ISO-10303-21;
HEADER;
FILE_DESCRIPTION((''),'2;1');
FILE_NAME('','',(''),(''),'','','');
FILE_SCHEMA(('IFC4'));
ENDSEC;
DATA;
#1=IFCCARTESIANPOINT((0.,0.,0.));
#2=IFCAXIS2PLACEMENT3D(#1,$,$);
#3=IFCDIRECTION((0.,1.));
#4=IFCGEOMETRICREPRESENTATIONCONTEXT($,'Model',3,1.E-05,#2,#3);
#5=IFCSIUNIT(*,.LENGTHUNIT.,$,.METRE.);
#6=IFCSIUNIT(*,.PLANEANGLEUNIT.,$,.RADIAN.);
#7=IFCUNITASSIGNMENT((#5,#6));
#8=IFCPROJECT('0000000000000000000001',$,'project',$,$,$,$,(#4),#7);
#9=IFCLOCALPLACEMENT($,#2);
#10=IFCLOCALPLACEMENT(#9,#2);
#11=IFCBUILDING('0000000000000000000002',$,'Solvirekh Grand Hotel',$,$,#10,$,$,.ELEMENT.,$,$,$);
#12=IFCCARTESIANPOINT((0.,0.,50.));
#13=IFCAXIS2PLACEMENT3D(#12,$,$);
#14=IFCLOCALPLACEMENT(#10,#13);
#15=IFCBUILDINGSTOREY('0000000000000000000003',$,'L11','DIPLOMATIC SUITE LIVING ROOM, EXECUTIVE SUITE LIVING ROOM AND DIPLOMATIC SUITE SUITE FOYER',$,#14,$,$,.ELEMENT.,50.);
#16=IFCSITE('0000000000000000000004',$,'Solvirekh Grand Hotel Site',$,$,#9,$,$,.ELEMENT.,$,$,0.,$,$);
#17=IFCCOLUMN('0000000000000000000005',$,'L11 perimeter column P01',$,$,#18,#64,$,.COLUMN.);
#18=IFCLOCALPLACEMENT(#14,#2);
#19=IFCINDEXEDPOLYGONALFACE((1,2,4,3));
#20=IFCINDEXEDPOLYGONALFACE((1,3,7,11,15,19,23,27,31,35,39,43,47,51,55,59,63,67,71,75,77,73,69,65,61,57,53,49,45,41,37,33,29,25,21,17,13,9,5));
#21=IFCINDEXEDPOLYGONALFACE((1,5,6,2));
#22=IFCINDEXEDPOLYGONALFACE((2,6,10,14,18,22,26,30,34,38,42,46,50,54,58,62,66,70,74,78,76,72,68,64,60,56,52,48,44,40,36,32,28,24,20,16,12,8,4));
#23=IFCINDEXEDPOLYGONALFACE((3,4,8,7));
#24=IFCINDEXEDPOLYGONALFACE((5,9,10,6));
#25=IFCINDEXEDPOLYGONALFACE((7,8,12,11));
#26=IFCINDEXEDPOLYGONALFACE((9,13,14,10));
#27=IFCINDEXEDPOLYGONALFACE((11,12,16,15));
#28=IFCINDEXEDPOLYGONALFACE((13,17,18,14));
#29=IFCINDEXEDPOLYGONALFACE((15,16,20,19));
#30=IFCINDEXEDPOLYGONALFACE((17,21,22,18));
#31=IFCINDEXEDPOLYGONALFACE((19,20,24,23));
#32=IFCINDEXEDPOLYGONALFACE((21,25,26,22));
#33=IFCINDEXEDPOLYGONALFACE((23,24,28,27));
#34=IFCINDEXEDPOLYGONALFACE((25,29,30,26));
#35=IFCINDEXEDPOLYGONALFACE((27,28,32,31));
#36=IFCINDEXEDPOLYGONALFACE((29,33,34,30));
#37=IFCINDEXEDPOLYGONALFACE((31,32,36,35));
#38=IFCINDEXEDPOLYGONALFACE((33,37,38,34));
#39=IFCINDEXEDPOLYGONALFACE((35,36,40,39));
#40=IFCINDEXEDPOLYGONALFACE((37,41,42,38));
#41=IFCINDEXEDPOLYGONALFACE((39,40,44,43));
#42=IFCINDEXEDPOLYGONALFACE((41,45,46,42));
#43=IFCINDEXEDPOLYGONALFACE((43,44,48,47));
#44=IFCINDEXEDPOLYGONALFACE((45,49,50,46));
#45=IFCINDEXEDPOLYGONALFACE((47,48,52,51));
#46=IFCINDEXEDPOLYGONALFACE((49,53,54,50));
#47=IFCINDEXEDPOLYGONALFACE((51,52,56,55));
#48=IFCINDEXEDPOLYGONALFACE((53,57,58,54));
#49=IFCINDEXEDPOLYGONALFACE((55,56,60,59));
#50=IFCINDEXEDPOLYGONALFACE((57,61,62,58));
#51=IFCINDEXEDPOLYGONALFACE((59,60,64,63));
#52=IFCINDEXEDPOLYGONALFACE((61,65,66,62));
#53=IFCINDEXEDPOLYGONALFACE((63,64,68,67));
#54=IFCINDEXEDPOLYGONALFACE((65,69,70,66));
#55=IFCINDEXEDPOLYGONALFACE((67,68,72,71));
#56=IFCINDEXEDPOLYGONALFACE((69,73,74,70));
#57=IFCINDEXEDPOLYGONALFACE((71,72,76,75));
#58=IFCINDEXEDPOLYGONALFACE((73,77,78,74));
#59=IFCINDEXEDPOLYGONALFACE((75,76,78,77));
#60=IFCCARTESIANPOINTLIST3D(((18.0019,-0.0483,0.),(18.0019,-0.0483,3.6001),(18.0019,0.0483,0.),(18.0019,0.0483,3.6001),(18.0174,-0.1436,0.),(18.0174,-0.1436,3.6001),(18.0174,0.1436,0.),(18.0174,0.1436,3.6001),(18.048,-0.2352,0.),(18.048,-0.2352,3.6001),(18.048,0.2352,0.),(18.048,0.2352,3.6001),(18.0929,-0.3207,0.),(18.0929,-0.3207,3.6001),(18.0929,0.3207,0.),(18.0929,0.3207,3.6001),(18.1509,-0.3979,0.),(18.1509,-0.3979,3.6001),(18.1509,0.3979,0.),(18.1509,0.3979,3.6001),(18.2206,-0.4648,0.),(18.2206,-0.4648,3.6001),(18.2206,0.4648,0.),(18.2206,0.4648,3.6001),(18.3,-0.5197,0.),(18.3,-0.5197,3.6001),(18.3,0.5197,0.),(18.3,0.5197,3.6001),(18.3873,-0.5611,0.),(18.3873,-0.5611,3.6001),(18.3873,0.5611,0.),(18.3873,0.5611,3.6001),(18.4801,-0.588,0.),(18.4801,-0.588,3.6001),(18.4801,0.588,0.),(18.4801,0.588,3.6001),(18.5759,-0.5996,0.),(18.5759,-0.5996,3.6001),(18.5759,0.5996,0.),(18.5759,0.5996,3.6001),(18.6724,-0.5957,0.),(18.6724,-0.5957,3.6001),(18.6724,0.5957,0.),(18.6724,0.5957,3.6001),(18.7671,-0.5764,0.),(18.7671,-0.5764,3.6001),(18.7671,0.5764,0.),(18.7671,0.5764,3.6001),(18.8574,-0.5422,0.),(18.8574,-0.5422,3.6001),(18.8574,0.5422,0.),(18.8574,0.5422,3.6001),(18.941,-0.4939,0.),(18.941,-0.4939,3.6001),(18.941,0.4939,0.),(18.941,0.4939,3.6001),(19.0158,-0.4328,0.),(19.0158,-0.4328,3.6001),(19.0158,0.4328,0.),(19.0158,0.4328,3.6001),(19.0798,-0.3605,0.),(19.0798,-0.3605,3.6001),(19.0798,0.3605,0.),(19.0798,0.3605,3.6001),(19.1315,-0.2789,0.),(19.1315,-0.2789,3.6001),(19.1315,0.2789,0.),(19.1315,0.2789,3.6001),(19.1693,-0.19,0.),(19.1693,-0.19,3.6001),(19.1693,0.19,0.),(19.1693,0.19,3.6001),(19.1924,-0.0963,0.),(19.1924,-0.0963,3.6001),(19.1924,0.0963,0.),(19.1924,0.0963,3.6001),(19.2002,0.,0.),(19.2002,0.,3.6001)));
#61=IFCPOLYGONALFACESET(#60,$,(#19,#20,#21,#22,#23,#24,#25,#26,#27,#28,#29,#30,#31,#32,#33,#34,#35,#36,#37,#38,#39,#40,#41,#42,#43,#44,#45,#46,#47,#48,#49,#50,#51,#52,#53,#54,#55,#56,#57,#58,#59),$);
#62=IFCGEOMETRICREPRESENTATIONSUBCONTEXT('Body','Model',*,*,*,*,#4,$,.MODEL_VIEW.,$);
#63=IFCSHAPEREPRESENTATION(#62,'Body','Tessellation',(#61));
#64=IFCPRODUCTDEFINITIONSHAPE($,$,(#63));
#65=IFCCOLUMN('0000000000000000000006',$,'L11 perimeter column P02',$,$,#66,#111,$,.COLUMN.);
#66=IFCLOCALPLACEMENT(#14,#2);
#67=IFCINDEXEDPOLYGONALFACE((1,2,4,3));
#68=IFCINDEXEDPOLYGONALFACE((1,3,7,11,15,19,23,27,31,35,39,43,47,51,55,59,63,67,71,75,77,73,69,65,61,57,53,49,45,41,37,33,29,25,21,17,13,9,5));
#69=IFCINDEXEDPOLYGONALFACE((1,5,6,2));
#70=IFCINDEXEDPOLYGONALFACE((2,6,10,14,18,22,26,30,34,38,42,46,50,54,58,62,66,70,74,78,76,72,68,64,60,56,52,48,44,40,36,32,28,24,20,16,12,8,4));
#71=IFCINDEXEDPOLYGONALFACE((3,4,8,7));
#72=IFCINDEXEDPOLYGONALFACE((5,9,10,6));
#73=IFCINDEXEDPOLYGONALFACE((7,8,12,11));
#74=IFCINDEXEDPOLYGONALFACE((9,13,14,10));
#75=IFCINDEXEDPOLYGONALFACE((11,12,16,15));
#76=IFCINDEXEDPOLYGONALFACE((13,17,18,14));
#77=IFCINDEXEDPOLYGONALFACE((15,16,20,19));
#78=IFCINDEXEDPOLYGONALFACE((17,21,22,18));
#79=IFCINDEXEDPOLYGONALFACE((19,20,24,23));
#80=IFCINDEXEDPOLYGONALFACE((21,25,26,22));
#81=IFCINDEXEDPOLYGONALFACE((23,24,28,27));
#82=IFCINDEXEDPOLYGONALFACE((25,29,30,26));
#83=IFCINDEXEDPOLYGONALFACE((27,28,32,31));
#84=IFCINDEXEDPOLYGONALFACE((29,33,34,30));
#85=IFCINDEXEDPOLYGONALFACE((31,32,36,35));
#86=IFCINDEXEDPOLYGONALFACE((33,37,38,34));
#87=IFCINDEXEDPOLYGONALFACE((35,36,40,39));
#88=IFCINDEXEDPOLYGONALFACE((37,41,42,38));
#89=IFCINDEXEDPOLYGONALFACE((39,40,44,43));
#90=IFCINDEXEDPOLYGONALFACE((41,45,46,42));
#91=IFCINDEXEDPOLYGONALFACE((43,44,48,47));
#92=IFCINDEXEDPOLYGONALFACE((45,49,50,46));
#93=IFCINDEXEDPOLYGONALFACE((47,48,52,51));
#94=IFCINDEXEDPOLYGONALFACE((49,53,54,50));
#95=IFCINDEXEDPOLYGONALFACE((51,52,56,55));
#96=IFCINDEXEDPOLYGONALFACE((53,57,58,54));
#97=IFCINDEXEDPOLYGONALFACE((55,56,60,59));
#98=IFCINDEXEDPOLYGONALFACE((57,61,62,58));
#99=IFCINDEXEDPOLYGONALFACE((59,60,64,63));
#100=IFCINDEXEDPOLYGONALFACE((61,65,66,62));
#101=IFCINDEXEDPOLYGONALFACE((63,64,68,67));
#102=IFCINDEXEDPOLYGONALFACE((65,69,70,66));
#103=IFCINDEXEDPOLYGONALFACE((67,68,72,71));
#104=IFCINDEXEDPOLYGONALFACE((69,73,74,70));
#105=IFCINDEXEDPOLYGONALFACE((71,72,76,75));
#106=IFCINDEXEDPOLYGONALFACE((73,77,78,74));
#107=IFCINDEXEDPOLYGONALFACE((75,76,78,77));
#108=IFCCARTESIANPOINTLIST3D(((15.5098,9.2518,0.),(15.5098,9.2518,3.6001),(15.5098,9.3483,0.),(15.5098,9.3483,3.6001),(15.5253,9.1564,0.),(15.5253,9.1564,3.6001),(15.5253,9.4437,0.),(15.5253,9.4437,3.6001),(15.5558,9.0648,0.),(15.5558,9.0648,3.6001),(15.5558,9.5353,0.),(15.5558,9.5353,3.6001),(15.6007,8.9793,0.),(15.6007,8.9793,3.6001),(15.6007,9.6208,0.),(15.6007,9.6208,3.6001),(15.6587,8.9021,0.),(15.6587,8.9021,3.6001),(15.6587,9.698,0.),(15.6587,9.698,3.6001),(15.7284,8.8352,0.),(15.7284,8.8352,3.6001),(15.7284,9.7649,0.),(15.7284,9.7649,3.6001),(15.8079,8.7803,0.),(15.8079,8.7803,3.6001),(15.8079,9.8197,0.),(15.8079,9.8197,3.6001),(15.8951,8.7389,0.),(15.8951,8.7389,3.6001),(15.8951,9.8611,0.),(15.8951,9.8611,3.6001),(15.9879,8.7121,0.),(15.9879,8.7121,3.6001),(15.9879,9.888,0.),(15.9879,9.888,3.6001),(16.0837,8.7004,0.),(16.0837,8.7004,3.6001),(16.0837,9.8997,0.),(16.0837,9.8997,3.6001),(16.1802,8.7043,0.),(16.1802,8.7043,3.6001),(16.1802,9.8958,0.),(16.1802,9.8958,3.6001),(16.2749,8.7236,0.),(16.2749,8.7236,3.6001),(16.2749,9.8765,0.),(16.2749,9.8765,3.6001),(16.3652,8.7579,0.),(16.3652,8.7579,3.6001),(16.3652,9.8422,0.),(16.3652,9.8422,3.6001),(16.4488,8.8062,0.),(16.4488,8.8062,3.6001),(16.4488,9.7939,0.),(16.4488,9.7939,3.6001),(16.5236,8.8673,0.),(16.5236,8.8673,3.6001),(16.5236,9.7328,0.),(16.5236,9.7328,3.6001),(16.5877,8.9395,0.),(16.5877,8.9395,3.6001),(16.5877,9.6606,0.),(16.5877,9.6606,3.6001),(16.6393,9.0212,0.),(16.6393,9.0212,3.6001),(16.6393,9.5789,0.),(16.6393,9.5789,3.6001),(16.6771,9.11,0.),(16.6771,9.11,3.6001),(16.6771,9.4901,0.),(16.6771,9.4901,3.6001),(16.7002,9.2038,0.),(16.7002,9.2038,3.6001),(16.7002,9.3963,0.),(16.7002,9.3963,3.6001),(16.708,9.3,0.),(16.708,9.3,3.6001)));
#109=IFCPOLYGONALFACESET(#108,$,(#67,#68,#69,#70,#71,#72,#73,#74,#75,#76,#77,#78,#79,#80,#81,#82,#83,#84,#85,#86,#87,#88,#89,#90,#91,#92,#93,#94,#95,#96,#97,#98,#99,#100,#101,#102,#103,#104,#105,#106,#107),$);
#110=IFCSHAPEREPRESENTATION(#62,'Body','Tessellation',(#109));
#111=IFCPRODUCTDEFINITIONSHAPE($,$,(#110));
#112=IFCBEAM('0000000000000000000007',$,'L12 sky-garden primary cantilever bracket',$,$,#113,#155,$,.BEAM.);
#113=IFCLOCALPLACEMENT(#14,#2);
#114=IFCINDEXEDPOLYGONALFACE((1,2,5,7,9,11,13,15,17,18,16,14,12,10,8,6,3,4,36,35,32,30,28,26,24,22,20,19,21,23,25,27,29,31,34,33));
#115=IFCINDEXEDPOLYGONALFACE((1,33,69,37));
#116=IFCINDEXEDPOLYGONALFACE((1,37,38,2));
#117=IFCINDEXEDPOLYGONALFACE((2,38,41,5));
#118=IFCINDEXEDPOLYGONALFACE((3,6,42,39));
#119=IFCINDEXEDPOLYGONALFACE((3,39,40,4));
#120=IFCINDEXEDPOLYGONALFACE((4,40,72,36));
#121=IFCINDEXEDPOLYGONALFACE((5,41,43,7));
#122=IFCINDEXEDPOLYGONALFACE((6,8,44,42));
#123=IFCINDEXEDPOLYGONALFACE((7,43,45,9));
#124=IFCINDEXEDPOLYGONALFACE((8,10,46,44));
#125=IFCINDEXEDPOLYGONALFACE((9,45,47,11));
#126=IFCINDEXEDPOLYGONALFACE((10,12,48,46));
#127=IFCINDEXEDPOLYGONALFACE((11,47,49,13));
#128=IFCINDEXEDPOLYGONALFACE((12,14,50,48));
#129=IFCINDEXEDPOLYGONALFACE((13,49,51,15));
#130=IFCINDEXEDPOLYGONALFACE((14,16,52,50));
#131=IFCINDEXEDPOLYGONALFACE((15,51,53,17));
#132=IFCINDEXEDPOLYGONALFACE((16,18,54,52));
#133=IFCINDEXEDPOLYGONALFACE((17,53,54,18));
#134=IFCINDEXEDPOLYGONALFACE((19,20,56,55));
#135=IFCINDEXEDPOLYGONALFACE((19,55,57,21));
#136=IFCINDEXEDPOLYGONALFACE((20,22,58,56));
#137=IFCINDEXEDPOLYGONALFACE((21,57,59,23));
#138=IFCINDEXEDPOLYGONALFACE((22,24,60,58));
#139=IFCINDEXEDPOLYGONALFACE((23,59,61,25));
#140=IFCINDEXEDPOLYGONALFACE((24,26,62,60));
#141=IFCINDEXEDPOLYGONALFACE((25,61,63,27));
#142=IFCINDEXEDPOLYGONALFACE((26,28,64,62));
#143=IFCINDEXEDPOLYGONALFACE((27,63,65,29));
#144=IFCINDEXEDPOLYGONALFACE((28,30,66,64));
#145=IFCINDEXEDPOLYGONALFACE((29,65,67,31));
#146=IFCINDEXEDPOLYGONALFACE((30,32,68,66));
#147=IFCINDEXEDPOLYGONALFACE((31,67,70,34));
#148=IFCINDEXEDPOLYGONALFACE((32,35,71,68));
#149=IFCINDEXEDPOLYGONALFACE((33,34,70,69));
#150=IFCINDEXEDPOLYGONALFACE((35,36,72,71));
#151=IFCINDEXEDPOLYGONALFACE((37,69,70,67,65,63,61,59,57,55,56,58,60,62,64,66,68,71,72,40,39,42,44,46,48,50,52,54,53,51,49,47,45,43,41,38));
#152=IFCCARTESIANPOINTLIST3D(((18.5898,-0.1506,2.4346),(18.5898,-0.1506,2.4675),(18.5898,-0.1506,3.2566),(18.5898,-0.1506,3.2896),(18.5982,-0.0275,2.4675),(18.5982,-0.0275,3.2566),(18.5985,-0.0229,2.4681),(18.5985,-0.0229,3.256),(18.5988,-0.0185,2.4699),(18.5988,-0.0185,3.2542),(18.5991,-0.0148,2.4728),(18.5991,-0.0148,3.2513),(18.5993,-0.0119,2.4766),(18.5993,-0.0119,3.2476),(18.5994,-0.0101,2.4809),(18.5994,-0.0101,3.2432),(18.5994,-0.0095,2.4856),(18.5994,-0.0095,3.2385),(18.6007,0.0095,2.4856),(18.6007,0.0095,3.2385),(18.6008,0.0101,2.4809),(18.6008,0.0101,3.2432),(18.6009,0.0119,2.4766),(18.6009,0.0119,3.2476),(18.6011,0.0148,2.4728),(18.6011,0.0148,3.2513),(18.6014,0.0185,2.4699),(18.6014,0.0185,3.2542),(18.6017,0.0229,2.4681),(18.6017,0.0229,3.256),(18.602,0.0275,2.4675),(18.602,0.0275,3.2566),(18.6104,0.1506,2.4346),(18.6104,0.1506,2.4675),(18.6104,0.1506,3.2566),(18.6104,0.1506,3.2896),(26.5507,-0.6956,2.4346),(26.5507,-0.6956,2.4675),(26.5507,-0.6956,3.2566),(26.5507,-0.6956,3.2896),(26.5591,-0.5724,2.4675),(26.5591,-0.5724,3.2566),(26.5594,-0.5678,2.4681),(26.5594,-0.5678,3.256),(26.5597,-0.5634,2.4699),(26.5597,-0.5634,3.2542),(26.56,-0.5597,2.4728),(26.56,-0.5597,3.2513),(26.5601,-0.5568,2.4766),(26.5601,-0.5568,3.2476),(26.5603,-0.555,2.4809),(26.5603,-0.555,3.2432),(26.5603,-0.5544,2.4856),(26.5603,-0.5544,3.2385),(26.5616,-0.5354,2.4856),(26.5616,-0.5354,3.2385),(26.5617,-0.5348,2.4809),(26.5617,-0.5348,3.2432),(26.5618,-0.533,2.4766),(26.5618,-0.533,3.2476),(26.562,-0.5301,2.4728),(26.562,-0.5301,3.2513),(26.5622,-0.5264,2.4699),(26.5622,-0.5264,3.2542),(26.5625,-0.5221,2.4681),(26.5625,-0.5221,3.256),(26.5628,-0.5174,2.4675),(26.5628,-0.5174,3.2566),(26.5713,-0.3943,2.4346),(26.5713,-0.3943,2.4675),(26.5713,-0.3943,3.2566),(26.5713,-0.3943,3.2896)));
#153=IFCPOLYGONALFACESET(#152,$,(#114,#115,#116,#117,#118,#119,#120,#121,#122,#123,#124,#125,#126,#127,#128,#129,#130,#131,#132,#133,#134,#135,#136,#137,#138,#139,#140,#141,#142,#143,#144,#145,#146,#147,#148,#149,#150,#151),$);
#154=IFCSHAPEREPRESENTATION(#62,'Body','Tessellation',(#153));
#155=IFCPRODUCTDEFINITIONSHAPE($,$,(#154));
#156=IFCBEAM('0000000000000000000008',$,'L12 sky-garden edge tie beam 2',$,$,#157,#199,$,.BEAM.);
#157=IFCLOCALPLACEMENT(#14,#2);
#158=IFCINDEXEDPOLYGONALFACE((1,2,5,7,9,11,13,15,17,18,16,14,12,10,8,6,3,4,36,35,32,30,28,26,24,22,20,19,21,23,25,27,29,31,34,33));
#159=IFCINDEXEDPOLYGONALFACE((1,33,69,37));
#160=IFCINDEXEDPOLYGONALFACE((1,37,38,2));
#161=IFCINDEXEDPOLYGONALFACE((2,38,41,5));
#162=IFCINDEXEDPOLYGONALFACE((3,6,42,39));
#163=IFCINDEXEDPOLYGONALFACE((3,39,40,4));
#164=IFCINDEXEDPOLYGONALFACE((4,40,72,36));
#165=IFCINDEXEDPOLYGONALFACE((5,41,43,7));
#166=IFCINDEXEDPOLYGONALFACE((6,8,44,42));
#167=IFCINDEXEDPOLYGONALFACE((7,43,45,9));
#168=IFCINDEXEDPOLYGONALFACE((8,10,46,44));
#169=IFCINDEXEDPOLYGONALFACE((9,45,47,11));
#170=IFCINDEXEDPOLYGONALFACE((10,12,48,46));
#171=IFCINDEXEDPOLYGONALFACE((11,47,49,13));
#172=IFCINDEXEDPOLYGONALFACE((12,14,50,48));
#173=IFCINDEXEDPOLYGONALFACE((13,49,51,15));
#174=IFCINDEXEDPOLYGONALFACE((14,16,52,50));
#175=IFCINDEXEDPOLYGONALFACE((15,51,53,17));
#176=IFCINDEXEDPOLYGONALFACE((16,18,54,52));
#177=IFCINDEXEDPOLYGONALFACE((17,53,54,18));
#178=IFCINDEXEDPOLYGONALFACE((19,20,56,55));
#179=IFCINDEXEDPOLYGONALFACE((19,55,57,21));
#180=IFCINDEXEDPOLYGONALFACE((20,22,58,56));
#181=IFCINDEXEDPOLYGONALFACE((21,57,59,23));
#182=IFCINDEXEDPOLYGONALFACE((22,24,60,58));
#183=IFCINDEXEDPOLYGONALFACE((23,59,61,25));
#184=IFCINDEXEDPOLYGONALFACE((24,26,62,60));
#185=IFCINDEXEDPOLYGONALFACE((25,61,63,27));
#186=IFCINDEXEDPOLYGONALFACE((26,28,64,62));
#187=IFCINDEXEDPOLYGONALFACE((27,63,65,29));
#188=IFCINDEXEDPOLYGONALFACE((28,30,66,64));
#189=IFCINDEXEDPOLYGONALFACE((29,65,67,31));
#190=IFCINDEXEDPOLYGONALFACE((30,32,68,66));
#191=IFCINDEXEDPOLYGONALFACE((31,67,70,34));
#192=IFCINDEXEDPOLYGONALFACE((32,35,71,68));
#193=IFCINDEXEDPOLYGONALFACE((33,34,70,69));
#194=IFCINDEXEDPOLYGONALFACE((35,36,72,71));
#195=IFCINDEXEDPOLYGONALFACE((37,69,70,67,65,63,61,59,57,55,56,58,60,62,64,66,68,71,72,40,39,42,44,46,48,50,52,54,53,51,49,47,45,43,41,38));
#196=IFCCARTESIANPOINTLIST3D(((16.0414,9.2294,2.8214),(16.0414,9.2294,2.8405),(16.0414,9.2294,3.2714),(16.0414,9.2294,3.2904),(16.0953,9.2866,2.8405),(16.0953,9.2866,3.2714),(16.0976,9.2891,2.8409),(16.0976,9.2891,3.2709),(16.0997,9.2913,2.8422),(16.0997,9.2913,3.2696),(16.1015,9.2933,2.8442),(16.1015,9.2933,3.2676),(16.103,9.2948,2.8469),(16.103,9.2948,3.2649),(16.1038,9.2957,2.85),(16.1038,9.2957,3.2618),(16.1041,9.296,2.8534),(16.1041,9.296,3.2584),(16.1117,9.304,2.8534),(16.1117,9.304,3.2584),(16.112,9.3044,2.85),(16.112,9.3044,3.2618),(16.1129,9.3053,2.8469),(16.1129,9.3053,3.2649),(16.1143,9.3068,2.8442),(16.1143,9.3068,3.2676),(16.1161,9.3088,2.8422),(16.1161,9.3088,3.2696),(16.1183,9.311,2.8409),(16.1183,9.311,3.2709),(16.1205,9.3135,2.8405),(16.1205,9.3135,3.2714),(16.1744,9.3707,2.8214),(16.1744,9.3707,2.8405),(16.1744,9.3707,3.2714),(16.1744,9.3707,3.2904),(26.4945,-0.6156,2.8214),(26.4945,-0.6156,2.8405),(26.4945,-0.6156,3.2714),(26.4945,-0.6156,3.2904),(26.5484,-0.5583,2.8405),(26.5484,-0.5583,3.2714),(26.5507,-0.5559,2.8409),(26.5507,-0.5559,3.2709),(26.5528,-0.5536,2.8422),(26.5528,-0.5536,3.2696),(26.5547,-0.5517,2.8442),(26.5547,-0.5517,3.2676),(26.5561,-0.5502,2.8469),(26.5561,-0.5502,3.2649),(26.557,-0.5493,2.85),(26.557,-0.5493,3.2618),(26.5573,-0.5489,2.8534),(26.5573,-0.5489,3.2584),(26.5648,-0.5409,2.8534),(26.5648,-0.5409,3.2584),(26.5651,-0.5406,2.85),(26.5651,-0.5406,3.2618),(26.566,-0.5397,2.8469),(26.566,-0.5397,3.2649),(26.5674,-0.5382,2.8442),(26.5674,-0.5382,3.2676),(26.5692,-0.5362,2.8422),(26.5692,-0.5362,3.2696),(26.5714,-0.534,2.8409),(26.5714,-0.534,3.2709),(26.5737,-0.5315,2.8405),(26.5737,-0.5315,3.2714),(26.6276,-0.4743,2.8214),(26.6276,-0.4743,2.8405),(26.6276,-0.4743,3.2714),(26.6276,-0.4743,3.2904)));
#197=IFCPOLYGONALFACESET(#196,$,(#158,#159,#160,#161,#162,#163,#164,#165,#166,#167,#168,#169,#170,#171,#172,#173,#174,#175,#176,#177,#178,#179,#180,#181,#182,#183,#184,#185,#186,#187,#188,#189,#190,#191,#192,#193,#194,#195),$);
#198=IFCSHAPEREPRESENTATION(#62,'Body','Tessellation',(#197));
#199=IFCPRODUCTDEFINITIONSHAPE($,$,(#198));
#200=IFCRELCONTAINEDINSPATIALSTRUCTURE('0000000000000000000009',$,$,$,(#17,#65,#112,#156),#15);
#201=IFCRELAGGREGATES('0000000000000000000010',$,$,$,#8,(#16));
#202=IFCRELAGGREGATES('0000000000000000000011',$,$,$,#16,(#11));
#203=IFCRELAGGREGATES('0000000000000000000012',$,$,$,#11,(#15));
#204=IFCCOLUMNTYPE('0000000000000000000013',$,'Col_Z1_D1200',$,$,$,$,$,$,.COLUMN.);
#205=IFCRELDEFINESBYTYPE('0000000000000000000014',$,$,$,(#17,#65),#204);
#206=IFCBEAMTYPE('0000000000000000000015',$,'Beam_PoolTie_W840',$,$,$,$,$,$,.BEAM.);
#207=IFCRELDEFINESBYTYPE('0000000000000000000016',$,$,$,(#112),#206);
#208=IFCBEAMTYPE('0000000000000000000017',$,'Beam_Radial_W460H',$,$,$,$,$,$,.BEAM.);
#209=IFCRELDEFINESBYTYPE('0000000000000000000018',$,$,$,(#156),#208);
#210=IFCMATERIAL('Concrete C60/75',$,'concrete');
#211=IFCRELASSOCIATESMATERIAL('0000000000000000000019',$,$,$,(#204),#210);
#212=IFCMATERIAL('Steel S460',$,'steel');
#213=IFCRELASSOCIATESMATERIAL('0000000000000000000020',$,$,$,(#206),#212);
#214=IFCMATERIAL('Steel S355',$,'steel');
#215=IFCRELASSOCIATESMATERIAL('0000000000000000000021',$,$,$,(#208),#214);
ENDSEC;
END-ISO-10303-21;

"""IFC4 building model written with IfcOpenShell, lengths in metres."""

from ifc_helpers import new_model, si_unit, direction, frame, origin, origin_2d, place, context, subcontext, project, spatial, circle, i_section, extrude, material, material_profile, profile_set, type_object, element, save


model = new_model("IFC4")

# Units and contexts
model_context = context("Model", 3, precision=1e-05, world=origin(), true_north=direction((0.0, 1.0)))
body_context = subcontext(model_context, "Body", "Model", "MODEL_VIEW")
ifc_project = project(units=[si_unit("LENGTHUNIT", "METRE"), si_unit("PLANEANGLEUNIT", "RADIAN")], contexts=[model_context])

# Site, building, storey
site_placement = place(None, origin())
site = spatial("IfcSite", under=ifc_project, at=site_placement, Name="Solvirekh Grand Hotel Site", CompositionType="ELEMENT", RefElevation=0.0)
building_placement = place(site_placement, origin())
building = spatial("IfcBuilding", under=site, at=building_placement, Name="Solvirekh Grand Hotel", CompositionType="ELEMENT")
storey_placement = place(building_placement, frame((0.0, 0.0, 50.0)))
storey = spatial("IfcBuildingStorey", under=building, at=storey_placement, Name="L11", Description="DIPLOMATIC SUITE LIVING ROOM, EXECUTIVE SUITE LIVING ROOM AND DIPLOMATIC SUITE SUITE FOYER", CompositionType="ELEMENT", Elevation=50.0)

# Columns
ifc_material_1 = material(Name="Concrete C60/75", Category="concrete")
ifc_material_profile_1 = material_profile(ifc_material_1, circle(Radius=0.6001, at=origin_2d()), Name="RC CIRC D1200")
ifc_profile_set_1 = profile_set([ifc_material_profile_1], Name="Concrete C60/75")
column_type = type_object("IfcColumnType", Name="Col_Z1_D1200", PredefinedType="COLUMN", material=ifc_profile_set_1)
for number, where, z_axis, x_axis, name in (
    (1, (18.6001, 0.0, 0.0), (0.0, 0.0, 1.0), (1.0, 0.0, 0.0), "L11 perimeter column P01"),
    (2, (16.1079, 9.3, 0.0), (0.0, 0.0, 1.0), (1.0, 0.0, 0.0), "L11 perimeter column P02"),
):
    element("IfcColumn", number, at=place(storey_placement, frame(where, z_axis=z_axis, x_axis=x_axis)), inside=storey, type_object=column_type, Name=name, PredefinedType="COLUMN", context=body_context, shape_type="SweptSolid", body=[
        extrude(circle(Radius=0.6001, at=origin_2d()), origin(), (0.0, 0.0, 1.0), 3.6001),
    ])

# Beams
ifc_material_2 = material(Name="Steel S460", Category="steel")
ifc_material_profile_2 = material_profile(ifc_material_2, i_section(OverallWidth=0.302, OverallDepth=0.855, WebThickness=0.019, FlangeThickness=0.033, FilletRadius=0.0181, at=origin_2d()), Name="W840X299")
ifc_profile_set_2 = profile_set([ifc_material_profile_2], Name="Steel S460")
beam_type_1 = type_object("IfcBeamType", Name="Beam_PoolTie_W840", PredefinedType="BEAM", material=ifc_profile_set_2)
beam_1_placement = place(storey_placement, frame((18.6001, 0.0, 2.8621), z_axis=(0.997666, -0.06829, 0.0), x_axis=(0.06829, 0.997666, 0.0)))
element("IfcBeam", 3, at=beam_1_placement, inside=storey, type_object=beam_type_1, Name="L12 sky-garden primary cantilever bracket", PredefinedType="BEAM", context=body_context, shape_type="SweptSolid", body=[
    extrude(i_section(OverallWidth=0.302, OverallDepth=0.855, WebThickness=0.019, FlangeThickness=0.033, FilletRadius=0.0181, at=origin_2d()), origin(), (0.0, 0.0, 1.0), 7.9795),
])
ifc_material_3 = material(Name="Steel S355", Category="steel")
ifc_material_profile_3 = material_profile(ifc_material_3, i_section(OverallWidth=0.1941, OverallDepth=0.469, WebThickness=0.011, FlangeThickness=0.019, FilletRadius=0.0129, at=origin_2d()), Name="W460X106")
ifc_profile_set_3 = profile_set([ifc_material_profile_3], Name="Steel S355")
beam_type_2 = type_object("IfcBeamType", Name="Beam_Radial_W460H", PredefinedType="BEAM", material=ifc_profile_set_3)
beam_2_placement = place(storey_placement, frame((16.1079, 9.3, 3.0559), z_axis=(0.727966, -0.685613, 0.0), x_axis=(0.685613, 0.727966, 0.0)))
element("IfcBeam", 4, at=beam_2_placement, inside=storey, type_object=beam_type_2, Name="L12 sky-garden edge tie beam 2", PredefinedType="BEAM", context=body_context, shape_type="SweptSolid", body=[
    extrude(i_section(OverallWidth=0.1941, OverallDepth=0.469, WebThickness=0.011, FlangeThickness=0.019, FilletRadius=0.0129, at=origin_2d()), origin(), (0.0, 0.0, 1.0), 14.3594),
])

save(model, "model.ifc")
